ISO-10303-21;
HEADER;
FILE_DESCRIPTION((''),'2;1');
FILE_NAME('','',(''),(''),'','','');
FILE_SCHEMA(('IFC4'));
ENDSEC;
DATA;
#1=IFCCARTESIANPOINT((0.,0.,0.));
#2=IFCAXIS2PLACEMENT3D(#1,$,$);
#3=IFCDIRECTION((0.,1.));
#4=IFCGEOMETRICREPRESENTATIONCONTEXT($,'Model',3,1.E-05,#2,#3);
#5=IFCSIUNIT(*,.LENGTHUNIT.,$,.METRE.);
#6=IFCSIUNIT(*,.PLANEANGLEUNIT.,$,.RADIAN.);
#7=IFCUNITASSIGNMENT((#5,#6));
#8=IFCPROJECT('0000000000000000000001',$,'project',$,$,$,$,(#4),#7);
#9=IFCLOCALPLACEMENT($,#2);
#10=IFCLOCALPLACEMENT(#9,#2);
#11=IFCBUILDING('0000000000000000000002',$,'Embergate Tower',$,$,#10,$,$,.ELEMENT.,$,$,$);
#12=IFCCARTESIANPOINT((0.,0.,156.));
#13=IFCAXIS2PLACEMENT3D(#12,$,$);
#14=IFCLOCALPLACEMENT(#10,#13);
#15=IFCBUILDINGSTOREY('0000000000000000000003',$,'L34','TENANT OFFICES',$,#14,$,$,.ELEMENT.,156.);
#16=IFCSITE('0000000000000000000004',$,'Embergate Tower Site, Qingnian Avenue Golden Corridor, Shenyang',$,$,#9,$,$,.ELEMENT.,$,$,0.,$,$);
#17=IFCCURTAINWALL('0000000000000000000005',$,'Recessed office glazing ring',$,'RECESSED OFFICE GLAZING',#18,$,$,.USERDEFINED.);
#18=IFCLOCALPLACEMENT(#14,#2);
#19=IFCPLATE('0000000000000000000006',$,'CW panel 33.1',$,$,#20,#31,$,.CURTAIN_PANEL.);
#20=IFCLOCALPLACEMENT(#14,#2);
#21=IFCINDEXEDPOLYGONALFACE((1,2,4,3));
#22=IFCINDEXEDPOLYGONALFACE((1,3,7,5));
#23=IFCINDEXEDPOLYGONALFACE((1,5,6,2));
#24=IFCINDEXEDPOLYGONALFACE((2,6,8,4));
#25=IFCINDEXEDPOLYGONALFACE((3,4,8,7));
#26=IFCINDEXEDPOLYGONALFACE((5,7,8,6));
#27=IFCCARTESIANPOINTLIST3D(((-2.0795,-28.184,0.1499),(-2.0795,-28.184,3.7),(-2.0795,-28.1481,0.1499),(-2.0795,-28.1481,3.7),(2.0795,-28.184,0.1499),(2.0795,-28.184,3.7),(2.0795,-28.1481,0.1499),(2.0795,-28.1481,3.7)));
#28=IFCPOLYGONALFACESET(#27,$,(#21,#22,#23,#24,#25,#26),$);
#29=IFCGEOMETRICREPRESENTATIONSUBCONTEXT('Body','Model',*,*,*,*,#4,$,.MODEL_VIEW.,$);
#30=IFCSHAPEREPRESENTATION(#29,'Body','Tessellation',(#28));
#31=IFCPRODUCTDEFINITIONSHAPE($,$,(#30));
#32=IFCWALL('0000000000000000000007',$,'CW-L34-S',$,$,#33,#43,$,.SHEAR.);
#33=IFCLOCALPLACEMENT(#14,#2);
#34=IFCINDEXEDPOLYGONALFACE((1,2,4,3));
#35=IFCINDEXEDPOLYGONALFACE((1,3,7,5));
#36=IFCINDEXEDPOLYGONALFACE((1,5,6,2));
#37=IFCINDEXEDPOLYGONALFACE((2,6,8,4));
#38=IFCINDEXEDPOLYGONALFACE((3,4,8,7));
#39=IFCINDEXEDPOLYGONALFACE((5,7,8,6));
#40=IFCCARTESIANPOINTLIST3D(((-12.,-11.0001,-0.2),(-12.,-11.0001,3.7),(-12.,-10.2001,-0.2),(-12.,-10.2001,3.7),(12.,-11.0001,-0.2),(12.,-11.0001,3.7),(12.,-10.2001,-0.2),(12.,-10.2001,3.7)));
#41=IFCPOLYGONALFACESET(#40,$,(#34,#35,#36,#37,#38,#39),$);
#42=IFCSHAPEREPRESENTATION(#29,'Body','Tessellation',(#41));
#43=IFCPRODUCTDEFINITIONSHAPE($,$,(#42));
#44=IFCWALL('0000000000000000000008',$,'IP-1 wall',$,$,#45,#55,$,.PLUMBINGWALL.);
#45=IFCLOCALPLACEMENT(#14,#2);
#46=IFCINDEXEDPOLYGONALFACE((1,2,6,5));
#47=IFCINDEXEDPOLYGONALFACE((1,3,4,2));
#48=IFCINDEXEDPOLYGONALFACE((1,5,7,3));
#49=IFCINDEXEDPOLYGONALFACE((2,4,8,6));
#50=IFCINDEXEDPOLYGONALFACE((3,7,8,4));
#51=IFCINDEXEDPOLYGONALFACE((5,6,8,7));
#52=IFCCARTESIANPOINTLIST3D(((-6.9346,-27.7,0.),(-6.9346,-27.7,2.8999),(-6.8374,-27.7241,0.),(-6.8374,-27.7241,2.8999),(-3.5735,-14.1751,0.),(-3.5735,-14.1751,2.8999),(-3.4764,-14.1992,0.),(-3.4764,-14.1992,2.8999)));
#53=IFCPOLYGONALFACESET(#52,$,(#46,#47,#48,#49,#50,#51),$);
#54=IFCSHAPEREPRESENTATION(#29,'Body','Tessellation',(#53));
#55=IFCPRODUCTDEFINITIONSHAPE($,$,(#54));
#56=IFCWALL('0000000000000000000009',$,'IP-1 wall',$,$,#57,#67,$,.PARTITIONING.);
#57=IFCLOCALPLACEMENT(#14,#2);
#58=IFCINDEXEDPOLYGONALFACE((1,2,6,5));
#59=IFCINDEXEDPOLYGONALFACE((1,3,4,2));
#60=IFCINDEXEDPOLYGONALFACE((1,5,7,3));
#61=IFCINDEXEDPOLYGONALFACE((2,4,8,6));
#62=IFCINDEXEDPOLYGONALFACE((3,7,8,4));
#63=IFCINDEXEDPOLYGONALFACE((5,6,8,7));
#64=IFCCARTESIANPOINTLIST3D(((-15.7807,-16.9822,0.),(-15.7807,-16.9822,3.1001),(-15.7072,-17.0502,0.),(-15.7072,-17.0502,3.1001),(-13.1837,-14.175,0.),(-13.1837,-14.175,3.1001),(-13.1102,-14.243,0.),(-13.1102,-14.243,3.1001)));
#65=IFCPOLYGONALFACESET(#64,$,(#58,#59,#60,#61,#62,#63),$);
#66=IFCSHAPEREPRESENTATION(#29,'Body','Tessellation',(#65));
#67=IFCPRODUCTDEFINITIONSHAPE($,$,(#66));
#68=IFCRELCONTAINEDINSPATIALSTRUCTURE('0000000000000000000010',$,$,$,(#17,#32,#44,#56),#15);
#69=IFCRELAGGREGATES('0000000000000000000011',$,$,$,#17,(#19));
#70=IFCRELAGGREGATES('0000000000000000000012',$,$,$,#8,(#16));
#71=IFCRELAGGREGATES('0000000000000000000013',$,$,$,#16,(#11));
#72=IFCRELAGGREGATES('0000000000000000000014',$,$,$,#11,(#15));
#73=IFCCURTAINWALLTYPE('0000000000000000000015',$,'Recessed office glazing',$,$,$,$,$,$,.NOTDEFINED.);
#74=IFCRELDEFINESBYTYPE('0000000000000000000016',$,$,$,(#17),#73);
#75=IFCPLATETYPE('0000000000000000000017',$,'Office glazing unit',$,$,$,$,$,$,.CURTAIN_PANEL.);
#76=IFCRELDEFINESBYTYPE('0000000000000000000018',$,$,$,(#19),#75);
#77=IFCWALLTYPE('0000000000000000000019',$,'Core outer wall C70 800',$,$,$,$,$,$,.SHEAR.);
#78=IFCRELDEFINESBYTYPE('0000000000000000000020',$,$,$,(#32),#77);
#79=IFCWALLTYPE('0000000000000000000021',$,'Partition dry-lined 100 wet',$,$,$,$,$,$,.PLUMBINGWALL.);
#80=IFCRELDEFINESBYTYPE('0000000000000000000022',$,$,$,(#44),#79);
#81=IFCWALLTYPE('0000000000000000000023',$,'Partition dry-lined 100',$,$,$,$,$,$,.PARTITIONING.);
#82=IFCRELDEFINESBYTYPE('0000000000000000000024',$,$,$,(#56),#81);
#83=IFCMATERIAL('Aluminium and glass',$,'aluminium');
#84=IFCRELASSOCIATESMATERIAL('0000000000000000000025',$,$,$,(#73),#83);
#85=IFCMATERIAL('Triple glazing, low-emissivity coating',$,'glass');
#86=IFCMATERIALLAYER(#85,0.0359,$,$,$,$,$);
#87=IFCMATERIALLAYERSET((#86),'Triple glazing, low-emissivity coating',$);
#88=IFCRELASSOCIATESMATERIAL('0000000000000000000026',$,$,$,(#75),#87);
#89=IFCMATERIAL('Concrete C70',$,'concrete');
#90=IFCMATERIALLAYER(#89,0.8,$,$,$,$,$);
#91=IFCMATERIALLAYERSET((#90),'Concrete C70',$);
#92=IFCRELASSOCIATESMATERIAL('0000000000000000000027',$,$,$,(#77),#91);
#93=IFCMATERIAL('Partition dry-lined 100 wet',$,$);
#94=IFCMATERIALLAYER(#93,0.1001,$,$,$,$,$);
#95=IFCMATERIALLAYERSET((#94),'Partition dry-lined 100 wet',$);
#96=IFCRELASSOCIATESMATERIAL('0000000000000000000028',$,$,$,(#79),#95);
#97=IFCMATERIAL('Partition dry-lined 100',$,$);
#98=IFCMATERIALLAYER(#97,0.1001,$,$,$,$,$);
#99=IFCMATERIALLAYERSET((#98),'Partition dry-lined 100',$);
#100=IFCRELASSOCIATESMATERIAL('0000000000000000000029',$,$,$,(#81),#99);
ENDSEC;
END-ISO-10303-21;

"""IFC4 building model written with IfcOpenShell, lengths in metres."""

from ifc_helpers import new_model, si_unit, direction, frame, frame_2d, origin, origin_2d, place, context, subcontext, project, spatial, rectangle, extrude, source, transform, mapped, material, layer, layer_set, type_object, element, aggregate, save


model = new_model("IFC4")

# Units and contexts
model_context = context("Model", 3, precision=1e-05, world=origin(), true_north=direction((0.0, 1.0)))
body_context = subcontext(model_context, "Body", "Model", "MODEL_VIEW")
ifc_project = project(units=[si_unit("LENGTHUNIT", "METRE"), si_unit("PLANEANGLEUNIT", "RADIAN")], contexts=[model_context])

# Site, building, storey
site_placement = place(None, origin())
site = spatial("IfcSite", under=ifc_project, at=site_placement, Name="Embergate Tower Site, Qingnian Avenue Golden Corridor, Shenyang", CompositionType="ELEMENT", RefElevation=0.0)
building_placement = place(site_placement, origin())
building = spatial("IfcBuilding", under=site, at=building_placement, Name="Embergate Tower", CompositionType="ELEMENT")
storey_placement = place(building_placement, frame((0.0, 0.0, 156.0)))
storey = spatial("IfcBuildingStorey", under=building, at=storey_placement, Name="L34", Description="TENANT OFFICES", CompositionType="ELEMENT", Elevation=156.0)

# Shared definitions
ifc_material_1 = material(Name="Concrete C70", Category="concrete")

# Curtain wall
ifc_material_2 = material(Name="Aluminium and glass", Category="aluminium")
curtain_wall_type = type_object("IfcCurtainWallType", Name="Recessed office glazing", PredefinedType="NOTDEFINED", material=ifc_material_2)
curtain_wall_placement = place(storey_placement, origin())
curtain_wall = element("IfcCurtainWall", 1, at=curtain_wall_placement, inside=storey, type_object=curtain_wall_type, Name="Recessed office glazing ring", ObjectType="RECESSED OFFICE GLAZING", PredefinedType="USERDEFINED")

# Plate
ifc_material_3 = material(Name="Triple glazing, low-emissivity coating", Category="glass")
ifc_layer_1 = layer(ifc_material_3, 0.0359)
ifc_layer_set_1 = layer_set([ifc_layer_1], Name="Triple glazing, low-emissivity coating")
plate_type = type_object("IfcPlateType", Name="Office glazing unit", PredefinedType="CURTAIN_PANEL", material=ifc_layer_set_1)
shared_shape_1 = source(origin(), body_context, "Body", "SweptSolid", [
    extrude(rectangle(XDim=4.1589, YDim=0.0359, at=origin_2d()), origin(), (0.0, 0.0, 1.0), 3.55),
])
plate_1_placement = place(storey_placement, frame((0.0, -28.166, 0.1499), z_axis=(0.0, 0.0, 1.0), x_axis=(1.0, 0.0, 0.0)))
plate_1 = element("IfcPlate", 2, at=plate_1_placement, type_object=plate_type, Name="CW panel 33.1", PredefinedType="CURTAIN_PANEL", context=body_context, shape_type="MappedRepresentation", body=[
    mapped(shared_shape_1, transform((0.0, 0.0, 0.0))),
])
aggregate(curtain_wall, [plate_1])

# Walls
ifc_layer_2 = layer(ifc_material_1, 0.8)
ifc_layer_set_2 = layer_set([ifc_layer_2], Name="Concrete C70")
wall_type_1 = type_object("IfcWallType", Name="Core outer wall C70 800", PredefinedType="SHEAR", material=ifc_layer_set_2)
shared_shape_2 = source(origin(), body_context, "Body", "SweptSolid", [
    extrude(rectangle(XDim=24.0, YDim=0.8, at=frame_2d((12.0, 0.0))), origin(), (0.0, 0.0, 1.0), 3.8999),
])
wall_1_placement = place(storey_placement, frame((-12.0, -10.6001, -0.2), z_axis=(0.0, 0.0, 1.0), x_axis=(1.0, 0.0, 0.0)))
element("IfcWall", 3, at=wall_1_placement, inside=storey, type_object=wall_type_1, Name="CW-L34-S", PredefinedType="SHEAR", context=body_context, shape_type="MappedRepresentation", body=[
    mapped(shared_shape_2, transform((0.0, 0.0, 0.0))),
])
ifc_material_4 = material(Name="Partition dry-lined 100 wet")
ifc_layer_3 = layer(ifc_material_4, 0.1001)
ifc_layer_set_3 = layer_set([ifc_layer_3], Name="Partition dry-lined 100 wet")
wall_type_2 = type_object("IfcWallType", Name="Partition dry-lined 100 wet", PredefinedType="PLUMBINGWALL", material=ifc_layer_set_3)
shared_shape_3 = source(origin(), body_context, "Body", "SweptSolid", [
    extrude(rectangle(XDim=13.9363, YDim=0.1001, at=frame_2d((6.9683, 0.0))), origin(), (0.0, 0.0, 1.0), 2.8999),
])
wall_2_placement = place(storey_placement, frame((-3.5249, -14.187, 0.0), z_axis=(0.0, 0.0, 1.0), x_axis=(-0.241175, -0.970482, 0.0)))
element("IfcWall", 4, at=wall_2_placement, inside=storey, type_object=wall_type_2, Name="IP-1 wall", PredefinedType="PLUMBINGWALL", context=body_context, shape_type="MappedRepresentation", body=[
    mapped(shared_shape_3, transform((0.0, 0.0, 0.0))),
])
ifc_material_5 = material(Name="Partition dry-lined 100")
ifc_layer_4 = layer(ifc_material_5, 0.1001)
ifc_layer_set_4 = layer_set([ifc_layer_4], Name="Partition dry-lined 100")
wall_type_3 = type_object("IfcWallType", Name="Partition dry-lined 100", PredefinedType="PARTITIONING", material=ifc_layer_set_4)
shared_shape_4 = source(origin(), body_context, "Body", "SweptSolid", [
    extrude(rectangle(XDim=3.8242, YDim=0.1001, at=frame_2d((1.9121, 0.0))), origin(), (0.0, 0.0, 1.0), 3.1001),
])
wall_3_placement = place(storey_placement, frame((-13.147, -14.209, 0.0), z_axis=(0.0, 0.0, 1.0), x_axis=(-0.679088, -0.734056, 0.0)))
element("IfcWall", 5, at=wall_3_placement, inside=storey, type_object=wall_type_3, Name="IP-1 wall", PredefinedType="PARTITIONING", context=body_context, shape_type="MappedRepresentation", body=[
    mapped(shared_shape_4, transform((0.0, 0.0, 0.0))),
])

save(model, "model.ifc")
